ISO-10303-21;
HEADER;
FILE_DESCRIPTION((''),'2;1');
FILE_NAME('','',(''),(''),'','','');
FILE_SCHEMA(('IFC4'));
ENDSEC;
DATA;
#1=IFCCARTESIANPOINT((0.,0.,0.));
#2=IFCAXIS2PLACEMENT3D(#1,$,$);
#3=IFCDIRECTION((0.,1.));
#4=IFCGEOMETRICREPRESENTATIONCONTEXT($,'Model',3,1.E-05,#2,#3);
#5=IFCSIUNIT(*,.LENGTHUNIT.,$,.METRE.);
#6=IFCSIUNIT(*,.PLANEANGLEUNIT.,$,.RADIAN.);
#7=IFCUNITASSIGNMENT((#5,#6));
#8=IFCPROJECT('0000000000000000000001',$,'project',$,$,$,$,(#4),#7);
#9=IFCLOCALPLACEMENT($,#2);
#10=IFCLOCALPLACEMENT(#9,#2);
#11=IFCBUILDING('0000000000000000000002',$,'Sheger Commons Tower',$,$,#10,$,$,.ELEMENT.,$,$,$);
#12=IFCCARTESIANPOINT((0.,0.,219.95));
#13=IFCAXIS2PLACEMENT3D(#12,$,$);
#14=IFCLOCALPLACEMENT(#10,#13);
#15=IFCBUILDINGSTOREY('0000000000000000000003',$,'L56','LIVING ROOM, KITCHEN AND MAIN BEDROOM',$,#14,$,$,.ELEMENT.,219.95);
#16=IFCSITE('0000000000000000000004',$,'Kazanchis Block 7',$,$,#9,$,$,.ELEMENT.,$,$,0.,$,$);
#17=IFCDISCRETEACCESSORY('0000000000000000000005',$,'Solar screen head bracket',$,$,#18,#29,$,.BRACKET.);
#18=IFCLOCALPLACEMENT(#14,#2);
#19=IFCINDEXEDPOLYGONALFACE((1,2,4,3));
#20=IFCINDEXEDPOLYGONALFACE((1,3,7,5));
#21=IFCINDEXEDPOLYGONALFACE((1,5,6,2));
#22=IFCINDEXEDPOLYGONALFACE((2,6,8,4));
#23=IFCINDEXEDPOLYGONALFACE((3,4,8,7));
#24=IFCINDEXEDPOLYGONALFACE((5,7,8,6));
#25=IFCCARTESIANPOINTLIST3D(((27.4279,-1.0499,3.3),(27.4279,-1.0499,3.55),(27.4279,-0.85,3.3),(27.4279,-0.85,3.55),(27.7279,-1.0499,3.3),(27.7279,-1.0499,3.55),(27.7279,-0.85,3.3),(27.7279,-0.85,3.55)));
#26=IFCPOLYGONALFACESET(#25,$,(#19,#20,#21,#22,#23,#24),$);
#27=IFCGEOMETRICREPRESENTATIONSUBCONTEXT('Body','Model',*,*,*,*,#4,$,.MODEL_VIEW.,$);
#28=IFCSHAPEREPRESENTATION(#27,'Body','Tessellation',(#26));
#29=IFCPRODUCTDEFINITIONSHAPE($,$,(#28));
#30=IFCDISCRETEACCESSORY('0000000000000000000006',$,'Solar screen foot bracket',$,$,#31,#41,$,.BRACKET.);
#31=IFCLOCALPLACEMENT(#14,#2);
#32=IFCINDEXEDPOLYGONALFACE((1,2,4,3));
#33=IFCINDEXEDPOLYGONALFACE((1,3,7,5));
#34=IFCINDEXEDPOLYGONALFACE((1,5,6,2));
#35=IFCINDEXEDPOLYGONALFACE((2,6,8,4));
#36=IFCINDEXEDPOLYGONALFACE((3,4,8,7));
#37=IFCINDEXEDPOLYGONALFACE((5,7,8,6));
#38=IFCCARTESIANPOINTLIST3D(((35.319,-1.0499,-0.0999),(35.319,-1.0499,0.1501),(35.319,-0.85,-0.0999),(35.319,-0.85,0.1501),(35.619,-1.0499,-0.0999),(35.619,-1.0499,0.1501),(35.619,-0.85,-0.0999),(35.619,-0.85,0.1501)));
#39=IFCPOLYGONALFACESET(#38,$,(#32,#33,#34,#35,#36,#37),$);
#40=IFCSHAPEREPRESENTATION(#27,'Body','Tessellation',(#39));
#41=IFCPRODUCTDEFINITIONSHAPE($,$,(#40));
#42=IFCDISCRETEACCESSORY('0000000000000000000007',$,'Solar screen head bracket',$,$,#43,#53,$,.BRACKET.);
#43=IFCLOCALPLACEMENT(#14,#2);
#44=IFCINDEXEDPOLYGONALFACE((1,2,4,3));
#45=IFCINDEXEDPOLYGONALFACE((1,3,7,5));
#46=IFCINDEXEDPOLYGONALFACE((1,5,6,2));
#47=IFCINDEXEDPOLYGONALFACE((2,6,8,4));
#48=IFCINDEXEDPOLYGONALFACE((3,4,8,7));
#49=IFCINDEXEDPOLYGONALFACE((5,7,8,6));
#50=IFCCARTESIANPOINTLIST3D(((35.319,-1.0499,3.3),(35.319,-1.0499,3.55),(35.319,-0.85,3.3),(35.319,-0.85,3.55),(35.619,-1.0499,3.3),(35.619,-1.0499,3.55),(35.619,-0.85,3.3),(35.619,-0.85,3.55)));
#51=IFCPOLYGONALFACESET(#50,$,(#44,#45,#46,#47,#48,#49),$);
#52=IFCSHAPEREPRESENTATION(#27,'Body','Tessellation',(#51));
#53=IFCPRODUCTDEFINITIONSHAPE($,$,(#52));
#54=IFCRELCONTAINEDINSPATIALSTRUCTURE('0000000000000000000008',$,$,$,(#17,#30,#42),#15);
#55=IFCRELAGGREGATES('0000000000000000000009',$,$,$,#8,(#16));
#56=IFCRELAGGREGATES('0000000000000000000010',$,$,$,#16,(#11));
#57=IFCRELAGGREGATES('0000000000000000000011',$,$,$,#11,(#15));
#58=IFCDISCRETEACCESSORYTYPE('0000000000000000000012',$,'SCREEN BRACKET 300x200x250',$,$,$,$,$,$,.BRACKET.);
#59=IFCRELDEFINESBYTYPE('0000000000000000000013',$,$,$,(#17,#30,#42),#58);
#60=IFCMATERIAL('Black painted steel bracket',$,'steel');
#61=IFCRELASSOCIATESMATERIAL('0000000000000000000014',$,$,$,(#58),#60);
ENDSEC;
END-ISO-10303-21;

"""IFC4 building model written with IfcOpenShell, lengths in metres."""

from ifc_helpers import new_model, si_unit, direction, frame, origin, origin_2d, place, context, subcontext, project, spatial, rectangle, extrude, material, type_object, element, save


model = new_model("IFC4")

# Units and contexts
model_context = context("Model", 3, precision=1e-05, world=origin(), true_north=direction((0.0, 1.0)))
body_context = subcontext(model_context, "Body", "Model", "MODEL_VIEW")
ifc_project = project(units=[si_unit("LENGTHUNIT", "METRE"), si_unit("PLANEANGLEUNIT", "RADIAN")], contexts=[model_context])

# Site, building, storey
site_placement = place(None, origin())
site = spatial("IfcSite", under=ifc_project, at=site_placement, Name="Kazanchis Block 7", CompositionType="ELEMENT", RefElevation=0.0)
building_placement = place(site_placement, origin())
building = spatial("IfcBuilding", under=site, at=building_placement, Name="Sheger Commons Tower", CompositionType="ELEMENT")
storey_placement = place(building_placement, frame((0.0, 0.0, 219.95)))
storey = spatial("IfcBuildingStorey", under=building, at=storey_placement, Name="L56", Description="LIVING ROOM, KITCHEN AND MAIN BEDROOM", CompositionType="ELEMENT", Elevation=219.95)

# Discrete accessories
ifc_material_1 = material(Name="Black painted steel bracket", Category="steel")
discrete_accessory_type = type_object("IfcDiscreteAccessoryType", Name="SCREEN BRACKET 300x200x250", PredefinedType="BRACKET", material=ifc_material_1)
for number, where, z_axis, x_axis, name in (
    (1, (27.5779, -0.95, 3.3), (0.0, 0.0, 1.0), (1.0, 0.0, 0.0), "Solar screen head bracket"),
    (2, (35.469, -0.95, -0.0999), (0.0, 0.0, 1.0), (1.0, 0.0, 0.0), "Solar screen foot bracket"),
    (3, (35.469, -0.95, 3.3), (0.0, 0.0, 1.0), (1.0, 0.0, 0.0), "Solar screen head bracket"),
):
    element("IfcDiscreteAccessory", number, at=place(storey_placement, frame(where, z_axis=z_axis, x_axis=x_axis)), inside=storey, type_object=discrete_accessory_type, Name=name, PredefinedType="BRACKET", context=body_context, shape_type="SweptSolid", body=[
        extrude(rectangle(XDim=0.3, YDim=0.2, at=origin_2d()), origin(), (0.0, 0.0, 1.0), 0.25),
    ])

save(model, "model.ifc")
